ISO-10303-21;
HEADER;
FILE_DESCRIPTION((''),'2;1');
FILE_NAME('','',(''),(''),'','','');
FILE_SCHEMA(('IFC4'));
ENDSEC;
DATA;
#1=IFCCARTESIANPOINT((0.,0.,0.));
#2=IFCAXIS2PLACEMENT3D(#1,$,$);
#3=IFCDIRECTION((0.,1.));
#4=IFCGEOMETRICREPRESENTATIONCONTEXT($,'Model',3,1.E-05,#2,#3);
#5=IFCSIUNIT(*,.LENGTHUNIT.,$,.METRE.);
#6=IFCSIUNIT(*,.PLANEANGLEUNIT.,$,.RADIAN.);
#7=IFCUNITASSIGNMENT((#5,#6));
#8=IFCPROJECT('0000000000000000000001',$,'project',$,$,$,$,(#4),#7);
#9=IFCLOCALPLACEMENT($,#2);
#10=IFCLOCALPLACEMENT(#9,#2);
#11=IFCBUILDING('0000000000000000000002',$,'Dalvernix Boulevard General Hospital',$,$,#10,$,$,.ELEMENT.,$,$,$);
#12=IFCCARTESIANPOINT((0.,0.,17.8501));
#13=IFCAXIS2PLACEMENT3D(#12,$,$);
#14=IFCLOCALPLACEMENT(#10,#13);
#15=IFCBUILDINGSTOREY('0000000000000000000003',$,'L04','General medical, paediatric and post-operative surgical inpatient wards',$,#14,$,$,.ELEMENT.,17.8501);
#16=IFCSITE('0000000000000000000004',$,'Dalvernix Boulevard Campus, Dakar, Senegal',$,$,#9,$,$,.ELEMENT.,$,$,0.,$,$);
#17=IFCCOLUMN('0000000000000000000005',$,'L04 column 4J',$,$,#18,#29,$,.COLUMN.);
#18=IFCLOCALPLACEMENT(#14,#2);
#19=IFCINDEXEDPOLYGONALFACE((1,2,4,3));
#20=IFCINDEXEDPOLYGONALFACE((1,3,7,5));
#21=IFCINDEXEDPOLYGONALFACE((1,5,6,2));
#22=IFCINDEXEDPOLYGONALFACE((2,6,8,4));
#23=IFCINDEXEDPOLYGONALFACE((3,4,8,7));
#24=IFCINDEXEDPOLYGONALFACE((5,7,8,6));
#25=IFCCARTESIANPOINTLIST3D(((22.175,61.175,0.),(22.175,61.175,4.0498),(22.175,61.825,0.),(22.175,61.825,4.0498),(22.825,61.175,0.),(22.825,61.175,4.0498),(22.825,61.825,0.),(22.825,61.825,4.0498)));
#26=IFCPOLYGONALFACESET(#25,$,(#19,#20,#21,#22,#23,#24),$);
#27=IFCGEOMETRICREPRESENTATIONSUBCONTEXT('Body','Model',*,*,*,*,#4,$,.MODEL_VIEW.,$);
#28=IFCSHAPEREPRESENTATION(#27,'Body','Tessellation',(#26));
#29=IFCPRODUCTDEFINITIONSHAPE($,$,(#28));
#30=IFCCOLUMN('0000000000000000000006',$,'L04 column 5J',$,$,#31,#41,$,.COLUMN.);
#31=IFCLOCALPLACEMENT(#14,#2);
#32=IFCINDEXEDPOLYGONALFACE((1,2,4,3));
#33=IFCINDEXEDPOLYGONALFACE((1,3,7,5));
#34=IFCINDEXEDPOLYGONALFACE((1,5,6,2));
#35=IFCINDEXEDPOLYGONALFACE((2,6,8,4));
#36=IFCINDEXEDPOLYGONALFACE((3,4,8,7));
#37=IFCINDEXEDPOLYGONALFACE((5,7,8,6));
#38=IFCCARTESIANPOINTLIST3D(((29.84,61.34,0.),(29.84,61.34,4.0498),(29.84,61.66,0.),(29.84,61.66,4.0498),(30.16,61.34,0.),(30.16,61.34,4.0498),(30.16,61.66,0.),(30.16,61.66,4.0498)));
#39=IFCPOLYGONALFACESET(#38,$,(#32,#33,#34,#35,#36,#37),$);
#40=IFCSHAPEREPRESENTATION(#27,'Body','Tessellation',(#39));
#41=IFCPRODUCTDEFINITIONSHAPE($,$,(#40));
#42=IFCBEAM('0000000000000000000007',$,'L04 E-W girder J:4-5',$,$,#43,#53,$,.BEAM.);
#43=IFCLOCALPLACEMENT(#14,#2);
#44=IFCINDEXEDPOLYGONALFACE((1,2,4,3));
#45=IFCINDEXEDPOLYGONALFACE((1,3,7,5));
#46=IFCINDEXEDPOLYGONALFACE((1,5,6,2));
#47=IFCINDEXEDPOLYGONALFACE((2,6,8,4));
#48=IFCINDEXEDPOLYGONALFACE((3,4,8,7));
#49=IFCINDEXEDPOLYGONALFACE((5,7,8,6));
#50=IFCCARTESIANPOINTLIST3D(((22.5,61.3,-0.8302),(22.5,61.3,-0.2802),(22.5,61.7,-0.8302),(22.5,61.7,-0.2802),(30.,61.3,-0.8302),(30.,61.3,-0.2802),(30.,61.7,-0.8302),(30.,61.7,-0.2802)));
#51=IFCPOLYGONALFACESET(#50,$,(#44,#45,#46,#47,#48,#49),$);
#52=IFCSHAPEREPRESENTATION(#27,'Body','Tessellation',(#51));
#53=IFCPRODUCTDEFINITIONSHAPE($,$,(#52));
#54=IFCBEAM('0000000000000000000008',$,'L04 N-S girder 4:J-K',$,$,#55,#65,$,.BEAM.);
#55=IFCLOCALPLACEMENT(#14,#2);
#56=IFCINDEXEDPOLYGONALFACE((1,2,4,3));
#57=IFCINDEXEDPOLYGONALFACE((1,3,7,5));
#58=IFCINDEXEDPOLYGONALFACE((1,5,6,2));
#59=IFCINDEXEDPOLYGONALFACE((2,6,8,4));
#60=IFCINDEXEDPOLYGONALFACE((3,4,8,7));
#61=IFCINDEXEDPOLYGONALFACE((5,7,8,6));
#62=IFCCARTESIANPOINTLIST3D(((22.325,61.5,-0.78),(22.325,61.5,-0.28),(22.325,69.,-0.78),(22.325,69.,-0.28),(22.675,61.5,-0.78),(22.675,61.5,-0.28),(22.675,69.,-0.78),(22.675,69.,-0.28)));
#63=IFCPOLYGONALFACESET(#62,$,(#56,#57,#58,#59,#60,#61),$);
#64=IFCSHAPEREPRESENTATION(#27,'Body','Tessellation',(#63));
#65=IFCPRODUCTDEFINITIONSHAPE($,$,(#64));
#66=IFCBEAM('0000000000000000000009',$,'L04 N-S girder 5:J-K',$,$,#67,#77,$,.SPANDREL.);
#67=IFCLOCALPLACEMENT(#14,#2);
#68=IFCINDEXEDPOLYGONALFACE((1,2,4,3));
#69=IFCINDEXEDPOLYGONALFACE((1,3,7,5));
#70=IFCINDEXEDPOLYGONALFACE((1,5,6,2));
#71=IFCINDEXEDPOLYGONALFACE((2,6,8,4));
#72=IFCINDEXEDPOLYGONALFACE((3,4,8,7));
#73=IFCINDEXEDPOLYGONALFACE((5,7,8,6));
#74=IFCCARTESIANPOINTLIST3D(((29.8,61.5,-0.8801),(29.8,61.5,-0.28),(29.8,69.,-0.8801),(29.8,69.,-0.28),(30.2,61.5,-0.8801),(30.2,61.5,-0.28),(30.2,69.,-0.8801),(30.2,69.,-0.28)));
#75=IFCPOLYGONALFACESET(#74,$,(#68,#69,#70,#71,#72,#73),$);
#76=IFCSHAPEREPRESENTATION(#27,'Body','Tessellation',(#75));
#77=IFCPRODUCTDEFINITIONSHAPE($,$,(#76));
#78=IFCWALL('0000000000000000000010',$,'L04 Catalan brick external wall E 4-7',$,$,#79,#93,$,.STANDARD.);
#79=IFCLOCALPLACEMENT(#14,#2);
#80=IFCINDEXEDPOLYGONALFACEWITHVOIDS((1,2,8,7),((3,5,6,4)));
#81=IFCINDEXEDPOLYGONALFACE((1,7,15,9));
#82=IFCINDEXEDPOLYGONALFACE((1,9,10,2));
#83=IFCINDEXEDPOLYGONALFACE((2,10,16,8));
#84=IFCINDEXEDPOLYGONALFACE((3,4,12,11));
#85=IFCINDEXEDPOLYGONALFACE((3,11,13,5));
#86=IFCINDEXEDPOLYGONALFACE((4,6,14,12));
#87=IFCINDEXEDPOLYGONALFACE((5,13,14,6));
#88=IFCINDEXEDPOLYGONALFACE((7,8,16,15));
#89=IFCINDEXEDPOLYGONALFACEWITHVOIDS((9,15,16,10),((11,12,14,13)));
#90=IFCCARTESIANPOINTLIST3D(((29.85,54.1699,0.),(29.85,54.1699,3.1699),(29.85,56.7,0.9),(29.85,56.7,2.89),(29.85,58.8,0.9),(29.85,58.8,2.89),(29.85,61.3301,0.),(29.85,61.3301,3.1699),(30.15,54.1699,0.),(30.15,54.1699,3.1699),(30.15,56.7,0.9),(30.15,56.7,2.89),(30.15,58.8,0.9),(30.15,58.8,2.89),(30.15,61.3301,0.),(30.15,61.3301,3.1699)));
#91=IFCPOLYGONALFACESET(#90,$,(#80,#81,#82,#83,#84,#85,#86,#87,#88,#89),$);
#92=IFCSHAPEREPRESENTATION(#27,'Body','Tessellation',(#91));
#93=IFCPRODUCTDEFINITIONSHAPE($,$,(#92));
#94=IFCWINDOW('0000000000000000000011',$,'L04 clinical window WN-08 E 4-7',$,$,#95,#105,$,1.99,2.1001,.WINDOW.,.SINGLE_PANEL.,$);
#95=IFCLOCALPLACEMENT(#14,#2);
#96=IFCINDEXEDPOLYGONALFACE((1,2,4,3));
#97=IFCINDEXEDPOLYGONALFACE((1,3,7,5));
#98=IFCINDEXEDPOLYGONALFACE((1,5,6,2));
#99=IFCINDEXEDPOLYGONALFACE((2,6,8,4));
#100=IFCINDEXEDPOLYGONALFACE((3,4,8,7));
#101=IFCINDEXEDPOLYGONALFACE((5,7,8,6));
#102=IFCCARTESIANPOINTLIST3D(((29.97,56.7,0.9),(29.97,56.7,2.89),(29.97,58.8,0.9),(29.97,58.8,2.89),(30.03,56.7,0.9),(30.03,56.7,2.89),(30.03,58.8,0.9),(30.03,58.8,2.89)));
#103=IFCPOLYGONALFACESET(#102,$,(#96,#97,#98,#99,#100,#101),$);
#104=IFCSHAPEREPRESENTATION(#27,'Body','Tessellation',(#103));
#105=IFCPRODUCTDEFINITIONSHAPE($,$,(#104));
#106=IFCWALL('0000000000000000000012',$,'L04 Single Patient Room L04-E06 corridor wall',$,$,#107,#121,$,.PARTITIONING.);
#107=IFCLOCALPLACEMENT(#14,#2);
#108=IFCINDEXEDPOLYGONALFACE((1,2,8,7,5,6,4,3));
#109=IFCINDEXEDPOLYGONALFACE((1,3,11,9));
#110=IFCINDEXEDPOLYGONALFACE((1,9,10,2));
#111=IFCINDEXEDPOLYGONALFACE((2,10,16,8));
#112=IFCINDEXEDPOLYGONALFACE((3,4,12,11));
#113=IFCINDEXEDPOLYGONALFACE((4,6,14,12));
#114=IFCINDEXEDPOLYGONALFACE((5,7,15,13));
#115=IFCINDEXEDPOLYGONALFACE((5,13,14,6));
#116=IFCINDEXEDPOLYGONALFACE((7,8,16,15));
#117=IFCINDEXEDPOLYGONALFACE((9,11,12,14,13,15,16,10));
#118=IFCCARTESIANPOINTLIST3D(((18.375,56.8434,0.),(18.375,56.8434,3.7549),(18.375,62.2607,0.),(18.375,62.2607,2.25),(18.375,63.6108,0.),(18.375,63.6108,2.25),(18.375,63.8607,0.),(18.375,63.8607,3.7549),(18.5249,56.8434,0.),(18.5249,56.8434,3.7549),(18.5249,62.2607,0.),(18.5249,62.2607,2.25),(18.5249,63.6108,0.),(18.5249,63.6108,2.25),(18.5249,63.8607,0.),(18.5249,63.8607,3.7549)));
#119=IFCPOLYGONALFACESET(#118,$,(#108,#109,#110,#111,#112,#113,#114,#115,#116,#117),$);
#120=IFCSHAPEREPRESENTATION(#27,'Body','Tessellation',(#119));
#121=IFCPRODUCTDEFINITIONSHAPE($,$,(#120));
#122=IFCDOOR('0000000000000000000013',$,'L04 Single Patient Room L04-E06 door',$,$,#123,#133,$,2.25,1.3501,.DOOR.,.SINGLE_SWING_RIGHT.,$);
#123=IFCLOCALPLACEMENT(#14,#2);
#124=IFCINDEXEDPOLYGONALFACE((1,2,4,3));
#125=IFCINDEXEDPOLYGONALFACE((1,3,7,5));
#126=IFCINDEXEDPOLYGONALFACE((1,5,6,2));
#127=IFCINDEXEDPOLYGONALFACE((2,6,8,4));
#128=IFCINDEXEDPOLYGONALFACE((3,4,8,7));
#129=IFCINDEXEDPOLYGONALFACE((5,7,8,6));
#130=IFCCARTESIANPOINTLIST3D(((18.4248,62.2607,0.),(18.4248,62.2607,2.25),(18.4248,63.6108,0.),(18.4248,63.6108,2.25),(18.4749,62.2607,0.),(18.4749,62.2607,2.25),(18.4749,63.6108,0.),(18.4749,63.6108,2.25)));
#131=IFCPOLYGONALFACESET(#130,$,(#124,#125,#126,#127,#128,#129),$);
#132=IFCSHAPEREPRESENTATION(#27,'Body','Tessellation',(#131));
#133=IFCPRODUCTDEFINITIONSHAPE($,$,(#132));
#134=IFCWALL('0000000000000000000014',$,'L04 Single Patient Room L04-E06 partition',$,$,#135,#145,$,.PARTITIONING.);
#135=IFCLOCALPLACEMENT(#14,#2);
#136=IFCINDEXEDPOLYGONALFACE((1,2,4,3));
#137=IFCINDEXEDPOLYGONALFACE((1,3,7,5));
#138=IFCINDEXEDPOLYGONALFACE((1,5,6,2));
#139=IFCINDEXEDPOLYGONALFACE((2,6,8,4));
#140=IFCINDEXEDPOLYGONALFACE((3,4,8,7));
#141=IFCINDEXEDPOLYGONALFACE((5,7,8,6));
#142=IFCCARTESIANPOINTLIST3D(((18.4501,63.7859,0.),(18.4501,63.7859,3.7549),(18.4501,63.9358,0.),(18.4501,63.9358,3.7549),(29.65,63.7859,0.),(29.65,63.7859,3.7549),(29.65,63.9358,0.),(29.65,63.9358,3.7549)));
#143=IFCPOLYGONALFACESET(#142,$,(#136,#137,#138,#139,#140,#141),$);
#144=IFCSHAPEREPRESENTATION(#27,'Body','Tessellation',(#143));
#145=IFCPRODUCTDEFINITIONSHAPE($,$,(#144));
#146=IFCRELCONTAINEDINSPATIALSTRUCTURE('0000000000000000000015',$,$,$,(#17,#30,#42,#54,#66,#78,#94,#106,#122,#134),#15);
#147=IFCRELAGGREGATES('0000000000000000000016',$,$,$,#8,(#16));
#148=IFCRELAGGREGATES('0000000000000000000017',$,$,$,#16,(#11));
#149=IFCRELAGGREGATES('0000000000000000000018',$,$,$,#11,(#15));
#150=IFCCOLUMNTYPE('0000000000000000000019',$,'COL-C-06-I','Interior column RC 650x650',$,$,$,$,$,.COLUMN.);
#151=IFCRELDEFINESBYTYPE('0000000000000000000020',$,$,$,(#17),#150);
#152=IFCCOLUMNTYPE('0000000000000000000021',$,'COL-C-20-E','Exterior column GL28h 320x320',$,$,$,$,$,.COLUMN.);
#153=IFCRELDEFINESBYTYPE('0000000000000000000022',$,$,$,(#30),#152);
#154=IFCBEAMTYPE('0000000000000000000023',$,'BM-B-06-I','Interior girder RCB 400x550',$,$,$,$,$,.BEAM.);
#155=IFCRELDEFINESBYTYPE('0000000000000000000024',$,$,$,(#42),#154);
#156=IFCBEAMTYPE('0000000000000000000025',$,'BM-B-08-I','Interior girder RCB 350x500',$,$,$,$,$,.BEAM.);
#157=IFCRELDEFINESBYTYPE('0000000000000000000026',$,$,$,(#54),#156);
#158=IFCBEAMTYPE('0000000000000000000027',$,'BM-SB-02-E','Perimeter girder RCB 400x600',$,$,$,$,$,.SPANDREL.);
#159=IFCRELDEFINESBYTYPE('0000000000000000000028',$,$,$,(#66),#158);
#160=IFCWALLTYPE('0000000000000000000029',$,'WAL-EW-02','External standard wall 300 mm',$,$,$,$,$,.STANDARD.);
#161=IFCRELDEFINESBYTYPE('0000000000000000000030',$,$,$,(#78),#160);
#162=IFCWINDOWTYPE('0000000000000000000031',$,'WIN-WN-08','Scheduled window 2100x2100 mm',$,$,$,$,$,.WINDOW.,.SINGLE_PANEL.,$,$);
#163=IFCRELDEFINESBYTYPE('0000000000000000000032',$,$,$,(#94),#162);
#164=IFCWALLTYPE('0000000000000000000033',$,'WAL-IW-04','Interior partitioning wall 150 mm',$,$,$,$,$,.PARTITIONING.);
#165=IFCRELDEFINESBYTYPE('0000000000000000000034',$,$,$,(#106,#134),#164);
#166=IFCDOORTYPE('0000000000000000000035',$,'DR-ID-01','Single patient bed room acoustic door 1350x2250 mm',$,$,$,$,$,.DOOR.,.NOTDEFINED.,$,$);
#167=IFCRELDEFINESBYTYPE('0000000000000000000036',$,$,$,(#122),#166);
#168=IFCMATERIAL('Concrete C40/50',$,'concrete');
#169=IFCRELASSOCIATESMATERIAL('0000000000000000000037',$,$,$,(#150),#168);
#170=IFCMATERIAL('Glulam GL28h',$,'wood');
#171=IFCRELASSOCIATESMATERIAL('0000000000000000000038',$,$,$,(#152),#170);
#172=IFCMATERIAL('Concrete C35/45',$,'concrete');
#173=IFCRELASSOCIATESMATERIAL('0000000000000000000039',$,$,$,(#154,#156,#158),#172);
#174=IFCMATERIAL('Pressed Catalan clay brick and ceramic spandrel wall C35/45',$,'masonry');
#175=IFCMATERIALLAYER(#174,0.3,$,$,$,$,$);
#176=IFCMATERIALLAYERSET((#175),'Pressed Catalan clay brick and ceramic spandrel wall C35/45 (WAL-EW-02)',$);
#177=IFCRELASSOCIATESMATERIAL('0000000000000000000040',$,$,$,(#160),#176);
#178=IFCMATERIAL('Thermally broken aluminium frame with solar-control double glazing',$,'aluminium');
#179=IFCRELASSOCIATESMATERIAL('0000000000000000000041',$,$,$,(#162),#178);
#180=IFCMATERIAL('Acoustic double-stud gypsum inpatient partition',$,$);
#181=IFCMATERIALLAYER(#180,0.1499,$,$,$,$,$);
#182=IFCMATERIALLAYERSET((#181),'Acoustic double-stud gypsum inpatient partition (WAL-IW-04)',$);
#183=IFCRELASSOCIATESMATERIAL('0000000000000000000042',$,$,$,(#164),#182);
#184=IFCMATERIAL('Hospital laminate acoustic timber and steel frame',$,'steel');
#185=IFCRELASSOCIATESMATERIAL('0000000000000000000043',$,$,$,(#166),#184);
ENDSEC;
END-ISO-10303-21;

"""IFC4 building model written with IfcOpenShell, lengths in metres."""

from ifc_helpers import new_model, si_unit, direction, frame, frame_2d, origin, origin_2d, place, context, subcontext, project, spatial, rectangle, extrude, material, layer, layer_set, material_profile, profile_set, type_object, element, fill, save


model = new_model("IFC4")

# Units and contexts
model_context = context("Model", 3, precision=1e-05, world=origin(), true_north=direction((0.0, 1.0)))
body_context = subcontext(model_context, "Body", "Model", "MODEL_VIEW")
ifc_project = project(units=[si_unit("LENGTHUNIT", "METRE"), si_unit("PLANEANGLEUNIT", "RADIAN")], contexts=[model_context])

# Site, building, storey
site_placement = place(None, origin())
site = spatial("IfcSite", under=ifc_project, at=site_placement, Name="Dalvernix Boulevard Campus, Dakar, Senegal", CompositionType="ELEMENT", RefElevation=0.0)
building_placement = place(site_placement, origin())
building = spatial("IfcBuilding", under=site, at=building_placement, Name="Dalvernix Boulevard General Hospital", CompositionType="ELEMENT")
storey_placement = place(building_placement, frame((0.0, 0.0, 17.8501)))
storey = spatial("IfcBuildingStorey", under=building, at=storey_placement, Name="L04", Description="General medical, paediatric and post-operative surgical inpatient wards", CompositionType="ELEMENT", Elevation=17.8501)

# Columns
ifc_material_1 = material(Name="Concrete C40/50", Category="concrete")
ifc_material_profile_1 = material_profile(ifc_material_1, rectangle(XDim=0.6499, YDim=0.6499, at=origin_2d()), Name="RC 650x650")
ifc_profile_set_1 = profile_set([ifc_material_profile_1], Name="Concrete C40/50")
column_type_1 = type_object("IfcColumnType", Name="COL-C-06-I", Description="Interior column RC 650x650", PredefinedType="COLUMN", material=ifc_profile_set_1)
column_1_placement = place(storey_placement, frame((22.5, 61.5, 0.0), z_axis=(0.0, 0.0, 1.0), x_axis=(1.0, 0.0, 0.0)))
element("IfcColumn", 1, at=column_1_placement, inside=storey, type_object=column_type_1, Name="L04 column 4J", PredefinedType="COLUMN", context=body_context, shape_type="SweptSolid", body=[
    extrude(rectangle(XDim=0.6499, YDim=0.6499, at=origin_2d()), origin(), (0.0, 0.0, 1.0), 4.0498),
])
ifc_material_2 = material(Name="Glulam GL28h", Category="wood")
ifc_material_profile_2 = material_profile(ifc_material_2, rectangle(XDim=0.3201, YDim=0.3201, at=origin_2d()), Name="GL28h 320x320")
ifc_profile_set_2 = profile_set([ifc_material_profile_2], Name="Glulam GL28h")
column_type_2 = type_object("IfcColumnType", Name="COL-C-20-E", Description="Exterior column GL28h 320x320", PredefinedType="COLUMN", material=ifc_profile_set_2)
column_2_placement = place(storey_placement, frame((30.0, 61.5, 0.0), z_axis=(0.0, 0.0, 1.0), x_axis=(1.0, 0.0, 0.0)))
element("IfcColumn", 2, at=column_2_placement, inside=storey, type_object=column_type_2, Name="L04 column 5J", PredefinedType="COLUMN", context=body_context, shape_type="SweptSolid", body=[
    extrude(rectangle(XDim=0.3201, YDim=0.3201, at=origin_2d()), origin(), (0.0, 0.0, 1.0), 4.0498),
])

# Beams
ifc_material_3 = material(Name="Concrete C35/45", Category="concrete")
ifc_material_profile_3 = material_profile(ifc_material_3, rectangle(XDim=0.3999, YDim=0.55, at=origin_2d()), Name="RCB 400x550")
ifc_profile_set_3 = profile_set([ifc_material_profile_3], Name="Concrete C35/45")
beam_type_1 = type_object("IfcBeamType", Name="BM-B-06-I", Description="Interior girder RCB 400x550", PredefinedType="BEAM", material=ifc_profile_set_3)
beam_1_placement = place(storey_placement, frame((22.5, 61.5, -0.5552), z_axis=(1.0, 0.0, 0.0), x_axis=(0.0, 1.0, 0.0)))
element("IfcBeam", 3, at=beam_1_placement, inside=storey, type_object=beam_type_1, Name="L04 E-W girder J:4-5", PredefinedType="BEAM", context=body_context, shape_type="SweptSolid", body=[
    extrude(rectangle(XDim=0.3999, YDim=0.55, at=origin_2d()), origin(), (0.0, 0.0, 1.0), 7.5),
])
ifc_material_profile_4 = material_profile(ifc_material_3, rectangle(XDim=0.3501, YDim=0.5, at=origin_2d()), Name="RCB 350x500")
ifc_profile_set_4 = profile_set([ifc_material_profile_4], Name="Concrete C35/45")
beam_type_2 = type_object("IfcBeamType", Name="BM-B-08-I", Description="Interior girder RCB 350x500", PredefinedType="BEAM", material=ifc_profile_set_4)
beam_2_placement = place(storey_placement, frame((22.5, 61.5, -0.53), z_axis=(0.0, 1.0, 0.0), x_axis=(-1.0, 0.0, 0.0)))
element("IfcBeam", 4, at=beam_2_placement, inside=storey, type_object=beam_type_2, Name="L04 N-S girder 4:J-K", PredefinedType="BEAM", context=body_context, shape_type="SweptSolid", body=[
    extrude(rectangle(XDim=0.3501, YDim=0.5, at=origin_2d()), origin(), (0.0, 0.0, 1.0), 7.5),
])
ifc_material_profile_5 = material_profile(ifc_material_3, rectangle(XDim=0.3999, YDim=0.6001, at=origin_2d()), Name="RCB 400x600")
ifc_profile_set_5 = profile_set([ifc_material_profile_5], Name="Concrete C35/45")
beam_type_3 = type_object("IfcBeamType", Name="BM-SB-02-E", Description="Perimeter girder RCB 400x600", PredefinedType="SPANDREL", material=ifc_profile_set_5)
beam_3_placement = place(storey_placement, frame((30.0, 61.5, -0.5801), z_axis=(0.0, 1.0, 0.0), x_axis=(-1.0, 0.0, 0.0)))
element("IfcBeam", 5, at=beam_3_placement, inside=storey, type_object=beam_type_3, Name="L04 N-S girder 5:J-K", PredefinedType="SPANDREL", context=body_context, shape_type="SweptSolid", body=[
    extrude(rectangle(XDim=0.3999, YDim=0.6001, at=origin_2d()), origin(), (0.0, 0.0, 1.0), 7.5),
])

# Wall, opening, window
ifc_material_4 = material(Name="Pressed Catalan clay brick and ceramic spandrel wall C35/45", Category="masonry")
ifc_layer_1 = layer(ifc_material_4, 0.3)
ifc_layer_set_1 = layer_set([ifc_layer_1], Name="Pressed Catalan clay brick and ceramic spandrel wall C35/45 (WAL-EW-02)")
wall_type_1 = type_object("IfcWallType", Name="WAL-EW-02", Description="External standard wall 300 mm", PredefinedType="STANDARD", material=ifc_layer_set_1)
wall_1_placement = place(storey_placement, frame((30.0, 61.3301, 0.0), z_axis=(0.0, 0.0, 1.0), x_axis=(0.0, -1.0, 0.0)))
wall_1 = element("IfcWall", 6, at=wall_1_placement, inside=storey, type_object=wall_type_1, Name="L04 Catalan brick external wall E 4-7", PredefinedType="STANDARD", context=body_context, shape_type="SweptSolid", body=[
    extrude(rectangle(XDim=7.1602, YDim=0.3, at=frame_2d((3.5801, 0.0))), origin(), (0.0, 0.0, 1.0), 3.1699),
])
opening_1_placement = place(wall_1_placement, frame((2.53, 0.0, 0.8999)))
opening_1 = element("IfcOpeningElement", 7, at=opening_1_placement, cuts=wall_1, PredefinedType="OPENING", context=body_context, shape_type="SweptSolid", body=[
    extrude(rectangle(XDim=2.1001, YDim=1.99, at=frame_2d((1.05, 0.9951))), frame((0.0, 0.1599, 0.0), z_axis=(0.0, -1.0, 0.0), x_axis=(1.0, 0.0, 0.0)), (0.0, 0.0, 1.0), 0.3201),
])
ifc_material_5 = material(Name="Thermally broken aluminium frame with solar-control double glazing", Category="aluminium")
window_type = type_object("IfcWindowType", Name="WIN-WN-08", Description="Scheduled window 2100x2100 mm", PartitioningType="SINGLE_PANEL", PredefinedType="WINDOW", material=ifc_material_5)
window_placement = place(opening_1_placement, origin())
window = element("IfcWindow", 8, at=window_placement, inside=storey, type_object=window_type, Name="L04 clinical window WN-08 E 4-7", OverallHeight=1.99, OverallWidth=2.1001, PartitioningType="SINGLE_PANEL", PredefinedType="WINDOW", context=body_context, shape_type="SweptSolid", body=[
    extrude(rectangle(XDim=2.1001, YDim=1.99, at=frame_2d((1.05, 0.9951))), frame((0.0, 0.03, 0.0), z_axis=(0.0, -1.0, 0.0), x_axis=(1.0, 0.0, 0.0)), (0.0, 0.0, 1.0), 0.0601),
])
fill(opening_1, window)

# Wall, opening, door
ifc_material_6 = material(Name="Acoustic double-stud gypsum inpatient partition")
ifc_layer_2 = layer(ifc_material_6, 0.1499)
ifc_layer_set_2 = layer_set([ifc_layer_2], Name="Acoustic double-stud gypsum inpatient partition (WAL-IW-04)")
wall_type_2 = type_object("IfcWallType", Name="WAL-IW-04", Description="Interior partitioning wall 150 mm", PredefinedType="PARTITIONING", material=ifc_layer_set_2)
wall_2_placement = place(storey_placement, frame((18.45, 63.8608, 0.0), z_axis=(0.0, 0.0, 1.0), x_axis=(0.0, -1.0, 0.0)))
wall_2 = element("IfcWall", 9, at=wall_2_placement, inside=storey, type_object=wall_type_2, Name="L04 Single Patient Room L04-E06 corridor wall", PredefinedType="PARTITIONING", context=body_context, shape_type="SweptSolid", body=[
    extrude(rectangle(XDim=7.0173, YDim=0.1499, at=frame_2d((3.5088, 0.0))), origin(), (0.0, 0.0, 1.0), 3.7549),
])
opening_2_placement = place(wall_2_placement, frame((0.25, 0.0, 0.0)))
opening_2 = element("IfcOpeningElement", 10, at=opening_2_placement, cuts=wall_2, PredefinedType="OPENING", context=body_context, shape_type="SweptSolid", body=[
    extrude(rectangle(XDim=1.3501, YDim=2.25, at=frame_2d((0.675, 1.125))), frame((0.0, 0.085, 0.0), z_axis=(0.0, -1.0, 0.0), x_axis=(1.0, 0.0, 0.0)), (0.0, 0.0, 1.0), 0.1699),
])
ifc_material_7 = material(Name="Hospital laminate acoustic timber and steel frame", Category="steel")
door_type_1 = type_object("IfcDoorType", Name="DR-ID-01", Description="Single patient bed room acoustic door 1350x2250 mm", OperationType="NOTDEFINED", PredefinedType="DOOR", material=ifc_material_7)
door_1_placement = place(opening_2_placement, origin())
door_1 = element("IfcDoor", 11, at=door_1_placement, inside=storey, type_object=door_type_1, Name="L04 Single Patient Room L04-E06 door", OperationType="SINGLE_SWING_RIGHT", OverallHeight=2.25, OverallWidth=1.3501, PredefinedType="DOOR", context=body_context, shape_type="SweptSolid", body=[
    extrude(rectangle(XDim=1.3501, YDim=2.25, at=frame_2d((0.675, 1.125))), frame((0.0, 0.0249, 0.0), z_axis=(0.0, -1.0, 0.0), x_axis=(1.0, 0.0, 0.0)), (0.0, 0.0, 1.0), 0.05),
])
fill(opening_2, door_1)

# Wall
wall_3_placement = place(storey_placement, frame((18.45, 63.8608, 0.0), z_axis=(0.0, 0.0, 1.0), x_axis=(1.0, 0.0, 0.0)))
element("IfcWall", 12, at=wall_3_placement, inside=storey, type_object=wall_type_2, Name="L04 Single Patient Room L04-E06 partition", PredefinedType="PARTITIONING", context=body_context, shape_type="SweptSolid", body=[
    extrude(rectangle(XDim=11.2, YDim=0.1499, at=frame_2d((5.6001, 0.0))), origin(), (0.0, 0.0, 1.0), 3.7549),
])

save(model, "model.ifc")
